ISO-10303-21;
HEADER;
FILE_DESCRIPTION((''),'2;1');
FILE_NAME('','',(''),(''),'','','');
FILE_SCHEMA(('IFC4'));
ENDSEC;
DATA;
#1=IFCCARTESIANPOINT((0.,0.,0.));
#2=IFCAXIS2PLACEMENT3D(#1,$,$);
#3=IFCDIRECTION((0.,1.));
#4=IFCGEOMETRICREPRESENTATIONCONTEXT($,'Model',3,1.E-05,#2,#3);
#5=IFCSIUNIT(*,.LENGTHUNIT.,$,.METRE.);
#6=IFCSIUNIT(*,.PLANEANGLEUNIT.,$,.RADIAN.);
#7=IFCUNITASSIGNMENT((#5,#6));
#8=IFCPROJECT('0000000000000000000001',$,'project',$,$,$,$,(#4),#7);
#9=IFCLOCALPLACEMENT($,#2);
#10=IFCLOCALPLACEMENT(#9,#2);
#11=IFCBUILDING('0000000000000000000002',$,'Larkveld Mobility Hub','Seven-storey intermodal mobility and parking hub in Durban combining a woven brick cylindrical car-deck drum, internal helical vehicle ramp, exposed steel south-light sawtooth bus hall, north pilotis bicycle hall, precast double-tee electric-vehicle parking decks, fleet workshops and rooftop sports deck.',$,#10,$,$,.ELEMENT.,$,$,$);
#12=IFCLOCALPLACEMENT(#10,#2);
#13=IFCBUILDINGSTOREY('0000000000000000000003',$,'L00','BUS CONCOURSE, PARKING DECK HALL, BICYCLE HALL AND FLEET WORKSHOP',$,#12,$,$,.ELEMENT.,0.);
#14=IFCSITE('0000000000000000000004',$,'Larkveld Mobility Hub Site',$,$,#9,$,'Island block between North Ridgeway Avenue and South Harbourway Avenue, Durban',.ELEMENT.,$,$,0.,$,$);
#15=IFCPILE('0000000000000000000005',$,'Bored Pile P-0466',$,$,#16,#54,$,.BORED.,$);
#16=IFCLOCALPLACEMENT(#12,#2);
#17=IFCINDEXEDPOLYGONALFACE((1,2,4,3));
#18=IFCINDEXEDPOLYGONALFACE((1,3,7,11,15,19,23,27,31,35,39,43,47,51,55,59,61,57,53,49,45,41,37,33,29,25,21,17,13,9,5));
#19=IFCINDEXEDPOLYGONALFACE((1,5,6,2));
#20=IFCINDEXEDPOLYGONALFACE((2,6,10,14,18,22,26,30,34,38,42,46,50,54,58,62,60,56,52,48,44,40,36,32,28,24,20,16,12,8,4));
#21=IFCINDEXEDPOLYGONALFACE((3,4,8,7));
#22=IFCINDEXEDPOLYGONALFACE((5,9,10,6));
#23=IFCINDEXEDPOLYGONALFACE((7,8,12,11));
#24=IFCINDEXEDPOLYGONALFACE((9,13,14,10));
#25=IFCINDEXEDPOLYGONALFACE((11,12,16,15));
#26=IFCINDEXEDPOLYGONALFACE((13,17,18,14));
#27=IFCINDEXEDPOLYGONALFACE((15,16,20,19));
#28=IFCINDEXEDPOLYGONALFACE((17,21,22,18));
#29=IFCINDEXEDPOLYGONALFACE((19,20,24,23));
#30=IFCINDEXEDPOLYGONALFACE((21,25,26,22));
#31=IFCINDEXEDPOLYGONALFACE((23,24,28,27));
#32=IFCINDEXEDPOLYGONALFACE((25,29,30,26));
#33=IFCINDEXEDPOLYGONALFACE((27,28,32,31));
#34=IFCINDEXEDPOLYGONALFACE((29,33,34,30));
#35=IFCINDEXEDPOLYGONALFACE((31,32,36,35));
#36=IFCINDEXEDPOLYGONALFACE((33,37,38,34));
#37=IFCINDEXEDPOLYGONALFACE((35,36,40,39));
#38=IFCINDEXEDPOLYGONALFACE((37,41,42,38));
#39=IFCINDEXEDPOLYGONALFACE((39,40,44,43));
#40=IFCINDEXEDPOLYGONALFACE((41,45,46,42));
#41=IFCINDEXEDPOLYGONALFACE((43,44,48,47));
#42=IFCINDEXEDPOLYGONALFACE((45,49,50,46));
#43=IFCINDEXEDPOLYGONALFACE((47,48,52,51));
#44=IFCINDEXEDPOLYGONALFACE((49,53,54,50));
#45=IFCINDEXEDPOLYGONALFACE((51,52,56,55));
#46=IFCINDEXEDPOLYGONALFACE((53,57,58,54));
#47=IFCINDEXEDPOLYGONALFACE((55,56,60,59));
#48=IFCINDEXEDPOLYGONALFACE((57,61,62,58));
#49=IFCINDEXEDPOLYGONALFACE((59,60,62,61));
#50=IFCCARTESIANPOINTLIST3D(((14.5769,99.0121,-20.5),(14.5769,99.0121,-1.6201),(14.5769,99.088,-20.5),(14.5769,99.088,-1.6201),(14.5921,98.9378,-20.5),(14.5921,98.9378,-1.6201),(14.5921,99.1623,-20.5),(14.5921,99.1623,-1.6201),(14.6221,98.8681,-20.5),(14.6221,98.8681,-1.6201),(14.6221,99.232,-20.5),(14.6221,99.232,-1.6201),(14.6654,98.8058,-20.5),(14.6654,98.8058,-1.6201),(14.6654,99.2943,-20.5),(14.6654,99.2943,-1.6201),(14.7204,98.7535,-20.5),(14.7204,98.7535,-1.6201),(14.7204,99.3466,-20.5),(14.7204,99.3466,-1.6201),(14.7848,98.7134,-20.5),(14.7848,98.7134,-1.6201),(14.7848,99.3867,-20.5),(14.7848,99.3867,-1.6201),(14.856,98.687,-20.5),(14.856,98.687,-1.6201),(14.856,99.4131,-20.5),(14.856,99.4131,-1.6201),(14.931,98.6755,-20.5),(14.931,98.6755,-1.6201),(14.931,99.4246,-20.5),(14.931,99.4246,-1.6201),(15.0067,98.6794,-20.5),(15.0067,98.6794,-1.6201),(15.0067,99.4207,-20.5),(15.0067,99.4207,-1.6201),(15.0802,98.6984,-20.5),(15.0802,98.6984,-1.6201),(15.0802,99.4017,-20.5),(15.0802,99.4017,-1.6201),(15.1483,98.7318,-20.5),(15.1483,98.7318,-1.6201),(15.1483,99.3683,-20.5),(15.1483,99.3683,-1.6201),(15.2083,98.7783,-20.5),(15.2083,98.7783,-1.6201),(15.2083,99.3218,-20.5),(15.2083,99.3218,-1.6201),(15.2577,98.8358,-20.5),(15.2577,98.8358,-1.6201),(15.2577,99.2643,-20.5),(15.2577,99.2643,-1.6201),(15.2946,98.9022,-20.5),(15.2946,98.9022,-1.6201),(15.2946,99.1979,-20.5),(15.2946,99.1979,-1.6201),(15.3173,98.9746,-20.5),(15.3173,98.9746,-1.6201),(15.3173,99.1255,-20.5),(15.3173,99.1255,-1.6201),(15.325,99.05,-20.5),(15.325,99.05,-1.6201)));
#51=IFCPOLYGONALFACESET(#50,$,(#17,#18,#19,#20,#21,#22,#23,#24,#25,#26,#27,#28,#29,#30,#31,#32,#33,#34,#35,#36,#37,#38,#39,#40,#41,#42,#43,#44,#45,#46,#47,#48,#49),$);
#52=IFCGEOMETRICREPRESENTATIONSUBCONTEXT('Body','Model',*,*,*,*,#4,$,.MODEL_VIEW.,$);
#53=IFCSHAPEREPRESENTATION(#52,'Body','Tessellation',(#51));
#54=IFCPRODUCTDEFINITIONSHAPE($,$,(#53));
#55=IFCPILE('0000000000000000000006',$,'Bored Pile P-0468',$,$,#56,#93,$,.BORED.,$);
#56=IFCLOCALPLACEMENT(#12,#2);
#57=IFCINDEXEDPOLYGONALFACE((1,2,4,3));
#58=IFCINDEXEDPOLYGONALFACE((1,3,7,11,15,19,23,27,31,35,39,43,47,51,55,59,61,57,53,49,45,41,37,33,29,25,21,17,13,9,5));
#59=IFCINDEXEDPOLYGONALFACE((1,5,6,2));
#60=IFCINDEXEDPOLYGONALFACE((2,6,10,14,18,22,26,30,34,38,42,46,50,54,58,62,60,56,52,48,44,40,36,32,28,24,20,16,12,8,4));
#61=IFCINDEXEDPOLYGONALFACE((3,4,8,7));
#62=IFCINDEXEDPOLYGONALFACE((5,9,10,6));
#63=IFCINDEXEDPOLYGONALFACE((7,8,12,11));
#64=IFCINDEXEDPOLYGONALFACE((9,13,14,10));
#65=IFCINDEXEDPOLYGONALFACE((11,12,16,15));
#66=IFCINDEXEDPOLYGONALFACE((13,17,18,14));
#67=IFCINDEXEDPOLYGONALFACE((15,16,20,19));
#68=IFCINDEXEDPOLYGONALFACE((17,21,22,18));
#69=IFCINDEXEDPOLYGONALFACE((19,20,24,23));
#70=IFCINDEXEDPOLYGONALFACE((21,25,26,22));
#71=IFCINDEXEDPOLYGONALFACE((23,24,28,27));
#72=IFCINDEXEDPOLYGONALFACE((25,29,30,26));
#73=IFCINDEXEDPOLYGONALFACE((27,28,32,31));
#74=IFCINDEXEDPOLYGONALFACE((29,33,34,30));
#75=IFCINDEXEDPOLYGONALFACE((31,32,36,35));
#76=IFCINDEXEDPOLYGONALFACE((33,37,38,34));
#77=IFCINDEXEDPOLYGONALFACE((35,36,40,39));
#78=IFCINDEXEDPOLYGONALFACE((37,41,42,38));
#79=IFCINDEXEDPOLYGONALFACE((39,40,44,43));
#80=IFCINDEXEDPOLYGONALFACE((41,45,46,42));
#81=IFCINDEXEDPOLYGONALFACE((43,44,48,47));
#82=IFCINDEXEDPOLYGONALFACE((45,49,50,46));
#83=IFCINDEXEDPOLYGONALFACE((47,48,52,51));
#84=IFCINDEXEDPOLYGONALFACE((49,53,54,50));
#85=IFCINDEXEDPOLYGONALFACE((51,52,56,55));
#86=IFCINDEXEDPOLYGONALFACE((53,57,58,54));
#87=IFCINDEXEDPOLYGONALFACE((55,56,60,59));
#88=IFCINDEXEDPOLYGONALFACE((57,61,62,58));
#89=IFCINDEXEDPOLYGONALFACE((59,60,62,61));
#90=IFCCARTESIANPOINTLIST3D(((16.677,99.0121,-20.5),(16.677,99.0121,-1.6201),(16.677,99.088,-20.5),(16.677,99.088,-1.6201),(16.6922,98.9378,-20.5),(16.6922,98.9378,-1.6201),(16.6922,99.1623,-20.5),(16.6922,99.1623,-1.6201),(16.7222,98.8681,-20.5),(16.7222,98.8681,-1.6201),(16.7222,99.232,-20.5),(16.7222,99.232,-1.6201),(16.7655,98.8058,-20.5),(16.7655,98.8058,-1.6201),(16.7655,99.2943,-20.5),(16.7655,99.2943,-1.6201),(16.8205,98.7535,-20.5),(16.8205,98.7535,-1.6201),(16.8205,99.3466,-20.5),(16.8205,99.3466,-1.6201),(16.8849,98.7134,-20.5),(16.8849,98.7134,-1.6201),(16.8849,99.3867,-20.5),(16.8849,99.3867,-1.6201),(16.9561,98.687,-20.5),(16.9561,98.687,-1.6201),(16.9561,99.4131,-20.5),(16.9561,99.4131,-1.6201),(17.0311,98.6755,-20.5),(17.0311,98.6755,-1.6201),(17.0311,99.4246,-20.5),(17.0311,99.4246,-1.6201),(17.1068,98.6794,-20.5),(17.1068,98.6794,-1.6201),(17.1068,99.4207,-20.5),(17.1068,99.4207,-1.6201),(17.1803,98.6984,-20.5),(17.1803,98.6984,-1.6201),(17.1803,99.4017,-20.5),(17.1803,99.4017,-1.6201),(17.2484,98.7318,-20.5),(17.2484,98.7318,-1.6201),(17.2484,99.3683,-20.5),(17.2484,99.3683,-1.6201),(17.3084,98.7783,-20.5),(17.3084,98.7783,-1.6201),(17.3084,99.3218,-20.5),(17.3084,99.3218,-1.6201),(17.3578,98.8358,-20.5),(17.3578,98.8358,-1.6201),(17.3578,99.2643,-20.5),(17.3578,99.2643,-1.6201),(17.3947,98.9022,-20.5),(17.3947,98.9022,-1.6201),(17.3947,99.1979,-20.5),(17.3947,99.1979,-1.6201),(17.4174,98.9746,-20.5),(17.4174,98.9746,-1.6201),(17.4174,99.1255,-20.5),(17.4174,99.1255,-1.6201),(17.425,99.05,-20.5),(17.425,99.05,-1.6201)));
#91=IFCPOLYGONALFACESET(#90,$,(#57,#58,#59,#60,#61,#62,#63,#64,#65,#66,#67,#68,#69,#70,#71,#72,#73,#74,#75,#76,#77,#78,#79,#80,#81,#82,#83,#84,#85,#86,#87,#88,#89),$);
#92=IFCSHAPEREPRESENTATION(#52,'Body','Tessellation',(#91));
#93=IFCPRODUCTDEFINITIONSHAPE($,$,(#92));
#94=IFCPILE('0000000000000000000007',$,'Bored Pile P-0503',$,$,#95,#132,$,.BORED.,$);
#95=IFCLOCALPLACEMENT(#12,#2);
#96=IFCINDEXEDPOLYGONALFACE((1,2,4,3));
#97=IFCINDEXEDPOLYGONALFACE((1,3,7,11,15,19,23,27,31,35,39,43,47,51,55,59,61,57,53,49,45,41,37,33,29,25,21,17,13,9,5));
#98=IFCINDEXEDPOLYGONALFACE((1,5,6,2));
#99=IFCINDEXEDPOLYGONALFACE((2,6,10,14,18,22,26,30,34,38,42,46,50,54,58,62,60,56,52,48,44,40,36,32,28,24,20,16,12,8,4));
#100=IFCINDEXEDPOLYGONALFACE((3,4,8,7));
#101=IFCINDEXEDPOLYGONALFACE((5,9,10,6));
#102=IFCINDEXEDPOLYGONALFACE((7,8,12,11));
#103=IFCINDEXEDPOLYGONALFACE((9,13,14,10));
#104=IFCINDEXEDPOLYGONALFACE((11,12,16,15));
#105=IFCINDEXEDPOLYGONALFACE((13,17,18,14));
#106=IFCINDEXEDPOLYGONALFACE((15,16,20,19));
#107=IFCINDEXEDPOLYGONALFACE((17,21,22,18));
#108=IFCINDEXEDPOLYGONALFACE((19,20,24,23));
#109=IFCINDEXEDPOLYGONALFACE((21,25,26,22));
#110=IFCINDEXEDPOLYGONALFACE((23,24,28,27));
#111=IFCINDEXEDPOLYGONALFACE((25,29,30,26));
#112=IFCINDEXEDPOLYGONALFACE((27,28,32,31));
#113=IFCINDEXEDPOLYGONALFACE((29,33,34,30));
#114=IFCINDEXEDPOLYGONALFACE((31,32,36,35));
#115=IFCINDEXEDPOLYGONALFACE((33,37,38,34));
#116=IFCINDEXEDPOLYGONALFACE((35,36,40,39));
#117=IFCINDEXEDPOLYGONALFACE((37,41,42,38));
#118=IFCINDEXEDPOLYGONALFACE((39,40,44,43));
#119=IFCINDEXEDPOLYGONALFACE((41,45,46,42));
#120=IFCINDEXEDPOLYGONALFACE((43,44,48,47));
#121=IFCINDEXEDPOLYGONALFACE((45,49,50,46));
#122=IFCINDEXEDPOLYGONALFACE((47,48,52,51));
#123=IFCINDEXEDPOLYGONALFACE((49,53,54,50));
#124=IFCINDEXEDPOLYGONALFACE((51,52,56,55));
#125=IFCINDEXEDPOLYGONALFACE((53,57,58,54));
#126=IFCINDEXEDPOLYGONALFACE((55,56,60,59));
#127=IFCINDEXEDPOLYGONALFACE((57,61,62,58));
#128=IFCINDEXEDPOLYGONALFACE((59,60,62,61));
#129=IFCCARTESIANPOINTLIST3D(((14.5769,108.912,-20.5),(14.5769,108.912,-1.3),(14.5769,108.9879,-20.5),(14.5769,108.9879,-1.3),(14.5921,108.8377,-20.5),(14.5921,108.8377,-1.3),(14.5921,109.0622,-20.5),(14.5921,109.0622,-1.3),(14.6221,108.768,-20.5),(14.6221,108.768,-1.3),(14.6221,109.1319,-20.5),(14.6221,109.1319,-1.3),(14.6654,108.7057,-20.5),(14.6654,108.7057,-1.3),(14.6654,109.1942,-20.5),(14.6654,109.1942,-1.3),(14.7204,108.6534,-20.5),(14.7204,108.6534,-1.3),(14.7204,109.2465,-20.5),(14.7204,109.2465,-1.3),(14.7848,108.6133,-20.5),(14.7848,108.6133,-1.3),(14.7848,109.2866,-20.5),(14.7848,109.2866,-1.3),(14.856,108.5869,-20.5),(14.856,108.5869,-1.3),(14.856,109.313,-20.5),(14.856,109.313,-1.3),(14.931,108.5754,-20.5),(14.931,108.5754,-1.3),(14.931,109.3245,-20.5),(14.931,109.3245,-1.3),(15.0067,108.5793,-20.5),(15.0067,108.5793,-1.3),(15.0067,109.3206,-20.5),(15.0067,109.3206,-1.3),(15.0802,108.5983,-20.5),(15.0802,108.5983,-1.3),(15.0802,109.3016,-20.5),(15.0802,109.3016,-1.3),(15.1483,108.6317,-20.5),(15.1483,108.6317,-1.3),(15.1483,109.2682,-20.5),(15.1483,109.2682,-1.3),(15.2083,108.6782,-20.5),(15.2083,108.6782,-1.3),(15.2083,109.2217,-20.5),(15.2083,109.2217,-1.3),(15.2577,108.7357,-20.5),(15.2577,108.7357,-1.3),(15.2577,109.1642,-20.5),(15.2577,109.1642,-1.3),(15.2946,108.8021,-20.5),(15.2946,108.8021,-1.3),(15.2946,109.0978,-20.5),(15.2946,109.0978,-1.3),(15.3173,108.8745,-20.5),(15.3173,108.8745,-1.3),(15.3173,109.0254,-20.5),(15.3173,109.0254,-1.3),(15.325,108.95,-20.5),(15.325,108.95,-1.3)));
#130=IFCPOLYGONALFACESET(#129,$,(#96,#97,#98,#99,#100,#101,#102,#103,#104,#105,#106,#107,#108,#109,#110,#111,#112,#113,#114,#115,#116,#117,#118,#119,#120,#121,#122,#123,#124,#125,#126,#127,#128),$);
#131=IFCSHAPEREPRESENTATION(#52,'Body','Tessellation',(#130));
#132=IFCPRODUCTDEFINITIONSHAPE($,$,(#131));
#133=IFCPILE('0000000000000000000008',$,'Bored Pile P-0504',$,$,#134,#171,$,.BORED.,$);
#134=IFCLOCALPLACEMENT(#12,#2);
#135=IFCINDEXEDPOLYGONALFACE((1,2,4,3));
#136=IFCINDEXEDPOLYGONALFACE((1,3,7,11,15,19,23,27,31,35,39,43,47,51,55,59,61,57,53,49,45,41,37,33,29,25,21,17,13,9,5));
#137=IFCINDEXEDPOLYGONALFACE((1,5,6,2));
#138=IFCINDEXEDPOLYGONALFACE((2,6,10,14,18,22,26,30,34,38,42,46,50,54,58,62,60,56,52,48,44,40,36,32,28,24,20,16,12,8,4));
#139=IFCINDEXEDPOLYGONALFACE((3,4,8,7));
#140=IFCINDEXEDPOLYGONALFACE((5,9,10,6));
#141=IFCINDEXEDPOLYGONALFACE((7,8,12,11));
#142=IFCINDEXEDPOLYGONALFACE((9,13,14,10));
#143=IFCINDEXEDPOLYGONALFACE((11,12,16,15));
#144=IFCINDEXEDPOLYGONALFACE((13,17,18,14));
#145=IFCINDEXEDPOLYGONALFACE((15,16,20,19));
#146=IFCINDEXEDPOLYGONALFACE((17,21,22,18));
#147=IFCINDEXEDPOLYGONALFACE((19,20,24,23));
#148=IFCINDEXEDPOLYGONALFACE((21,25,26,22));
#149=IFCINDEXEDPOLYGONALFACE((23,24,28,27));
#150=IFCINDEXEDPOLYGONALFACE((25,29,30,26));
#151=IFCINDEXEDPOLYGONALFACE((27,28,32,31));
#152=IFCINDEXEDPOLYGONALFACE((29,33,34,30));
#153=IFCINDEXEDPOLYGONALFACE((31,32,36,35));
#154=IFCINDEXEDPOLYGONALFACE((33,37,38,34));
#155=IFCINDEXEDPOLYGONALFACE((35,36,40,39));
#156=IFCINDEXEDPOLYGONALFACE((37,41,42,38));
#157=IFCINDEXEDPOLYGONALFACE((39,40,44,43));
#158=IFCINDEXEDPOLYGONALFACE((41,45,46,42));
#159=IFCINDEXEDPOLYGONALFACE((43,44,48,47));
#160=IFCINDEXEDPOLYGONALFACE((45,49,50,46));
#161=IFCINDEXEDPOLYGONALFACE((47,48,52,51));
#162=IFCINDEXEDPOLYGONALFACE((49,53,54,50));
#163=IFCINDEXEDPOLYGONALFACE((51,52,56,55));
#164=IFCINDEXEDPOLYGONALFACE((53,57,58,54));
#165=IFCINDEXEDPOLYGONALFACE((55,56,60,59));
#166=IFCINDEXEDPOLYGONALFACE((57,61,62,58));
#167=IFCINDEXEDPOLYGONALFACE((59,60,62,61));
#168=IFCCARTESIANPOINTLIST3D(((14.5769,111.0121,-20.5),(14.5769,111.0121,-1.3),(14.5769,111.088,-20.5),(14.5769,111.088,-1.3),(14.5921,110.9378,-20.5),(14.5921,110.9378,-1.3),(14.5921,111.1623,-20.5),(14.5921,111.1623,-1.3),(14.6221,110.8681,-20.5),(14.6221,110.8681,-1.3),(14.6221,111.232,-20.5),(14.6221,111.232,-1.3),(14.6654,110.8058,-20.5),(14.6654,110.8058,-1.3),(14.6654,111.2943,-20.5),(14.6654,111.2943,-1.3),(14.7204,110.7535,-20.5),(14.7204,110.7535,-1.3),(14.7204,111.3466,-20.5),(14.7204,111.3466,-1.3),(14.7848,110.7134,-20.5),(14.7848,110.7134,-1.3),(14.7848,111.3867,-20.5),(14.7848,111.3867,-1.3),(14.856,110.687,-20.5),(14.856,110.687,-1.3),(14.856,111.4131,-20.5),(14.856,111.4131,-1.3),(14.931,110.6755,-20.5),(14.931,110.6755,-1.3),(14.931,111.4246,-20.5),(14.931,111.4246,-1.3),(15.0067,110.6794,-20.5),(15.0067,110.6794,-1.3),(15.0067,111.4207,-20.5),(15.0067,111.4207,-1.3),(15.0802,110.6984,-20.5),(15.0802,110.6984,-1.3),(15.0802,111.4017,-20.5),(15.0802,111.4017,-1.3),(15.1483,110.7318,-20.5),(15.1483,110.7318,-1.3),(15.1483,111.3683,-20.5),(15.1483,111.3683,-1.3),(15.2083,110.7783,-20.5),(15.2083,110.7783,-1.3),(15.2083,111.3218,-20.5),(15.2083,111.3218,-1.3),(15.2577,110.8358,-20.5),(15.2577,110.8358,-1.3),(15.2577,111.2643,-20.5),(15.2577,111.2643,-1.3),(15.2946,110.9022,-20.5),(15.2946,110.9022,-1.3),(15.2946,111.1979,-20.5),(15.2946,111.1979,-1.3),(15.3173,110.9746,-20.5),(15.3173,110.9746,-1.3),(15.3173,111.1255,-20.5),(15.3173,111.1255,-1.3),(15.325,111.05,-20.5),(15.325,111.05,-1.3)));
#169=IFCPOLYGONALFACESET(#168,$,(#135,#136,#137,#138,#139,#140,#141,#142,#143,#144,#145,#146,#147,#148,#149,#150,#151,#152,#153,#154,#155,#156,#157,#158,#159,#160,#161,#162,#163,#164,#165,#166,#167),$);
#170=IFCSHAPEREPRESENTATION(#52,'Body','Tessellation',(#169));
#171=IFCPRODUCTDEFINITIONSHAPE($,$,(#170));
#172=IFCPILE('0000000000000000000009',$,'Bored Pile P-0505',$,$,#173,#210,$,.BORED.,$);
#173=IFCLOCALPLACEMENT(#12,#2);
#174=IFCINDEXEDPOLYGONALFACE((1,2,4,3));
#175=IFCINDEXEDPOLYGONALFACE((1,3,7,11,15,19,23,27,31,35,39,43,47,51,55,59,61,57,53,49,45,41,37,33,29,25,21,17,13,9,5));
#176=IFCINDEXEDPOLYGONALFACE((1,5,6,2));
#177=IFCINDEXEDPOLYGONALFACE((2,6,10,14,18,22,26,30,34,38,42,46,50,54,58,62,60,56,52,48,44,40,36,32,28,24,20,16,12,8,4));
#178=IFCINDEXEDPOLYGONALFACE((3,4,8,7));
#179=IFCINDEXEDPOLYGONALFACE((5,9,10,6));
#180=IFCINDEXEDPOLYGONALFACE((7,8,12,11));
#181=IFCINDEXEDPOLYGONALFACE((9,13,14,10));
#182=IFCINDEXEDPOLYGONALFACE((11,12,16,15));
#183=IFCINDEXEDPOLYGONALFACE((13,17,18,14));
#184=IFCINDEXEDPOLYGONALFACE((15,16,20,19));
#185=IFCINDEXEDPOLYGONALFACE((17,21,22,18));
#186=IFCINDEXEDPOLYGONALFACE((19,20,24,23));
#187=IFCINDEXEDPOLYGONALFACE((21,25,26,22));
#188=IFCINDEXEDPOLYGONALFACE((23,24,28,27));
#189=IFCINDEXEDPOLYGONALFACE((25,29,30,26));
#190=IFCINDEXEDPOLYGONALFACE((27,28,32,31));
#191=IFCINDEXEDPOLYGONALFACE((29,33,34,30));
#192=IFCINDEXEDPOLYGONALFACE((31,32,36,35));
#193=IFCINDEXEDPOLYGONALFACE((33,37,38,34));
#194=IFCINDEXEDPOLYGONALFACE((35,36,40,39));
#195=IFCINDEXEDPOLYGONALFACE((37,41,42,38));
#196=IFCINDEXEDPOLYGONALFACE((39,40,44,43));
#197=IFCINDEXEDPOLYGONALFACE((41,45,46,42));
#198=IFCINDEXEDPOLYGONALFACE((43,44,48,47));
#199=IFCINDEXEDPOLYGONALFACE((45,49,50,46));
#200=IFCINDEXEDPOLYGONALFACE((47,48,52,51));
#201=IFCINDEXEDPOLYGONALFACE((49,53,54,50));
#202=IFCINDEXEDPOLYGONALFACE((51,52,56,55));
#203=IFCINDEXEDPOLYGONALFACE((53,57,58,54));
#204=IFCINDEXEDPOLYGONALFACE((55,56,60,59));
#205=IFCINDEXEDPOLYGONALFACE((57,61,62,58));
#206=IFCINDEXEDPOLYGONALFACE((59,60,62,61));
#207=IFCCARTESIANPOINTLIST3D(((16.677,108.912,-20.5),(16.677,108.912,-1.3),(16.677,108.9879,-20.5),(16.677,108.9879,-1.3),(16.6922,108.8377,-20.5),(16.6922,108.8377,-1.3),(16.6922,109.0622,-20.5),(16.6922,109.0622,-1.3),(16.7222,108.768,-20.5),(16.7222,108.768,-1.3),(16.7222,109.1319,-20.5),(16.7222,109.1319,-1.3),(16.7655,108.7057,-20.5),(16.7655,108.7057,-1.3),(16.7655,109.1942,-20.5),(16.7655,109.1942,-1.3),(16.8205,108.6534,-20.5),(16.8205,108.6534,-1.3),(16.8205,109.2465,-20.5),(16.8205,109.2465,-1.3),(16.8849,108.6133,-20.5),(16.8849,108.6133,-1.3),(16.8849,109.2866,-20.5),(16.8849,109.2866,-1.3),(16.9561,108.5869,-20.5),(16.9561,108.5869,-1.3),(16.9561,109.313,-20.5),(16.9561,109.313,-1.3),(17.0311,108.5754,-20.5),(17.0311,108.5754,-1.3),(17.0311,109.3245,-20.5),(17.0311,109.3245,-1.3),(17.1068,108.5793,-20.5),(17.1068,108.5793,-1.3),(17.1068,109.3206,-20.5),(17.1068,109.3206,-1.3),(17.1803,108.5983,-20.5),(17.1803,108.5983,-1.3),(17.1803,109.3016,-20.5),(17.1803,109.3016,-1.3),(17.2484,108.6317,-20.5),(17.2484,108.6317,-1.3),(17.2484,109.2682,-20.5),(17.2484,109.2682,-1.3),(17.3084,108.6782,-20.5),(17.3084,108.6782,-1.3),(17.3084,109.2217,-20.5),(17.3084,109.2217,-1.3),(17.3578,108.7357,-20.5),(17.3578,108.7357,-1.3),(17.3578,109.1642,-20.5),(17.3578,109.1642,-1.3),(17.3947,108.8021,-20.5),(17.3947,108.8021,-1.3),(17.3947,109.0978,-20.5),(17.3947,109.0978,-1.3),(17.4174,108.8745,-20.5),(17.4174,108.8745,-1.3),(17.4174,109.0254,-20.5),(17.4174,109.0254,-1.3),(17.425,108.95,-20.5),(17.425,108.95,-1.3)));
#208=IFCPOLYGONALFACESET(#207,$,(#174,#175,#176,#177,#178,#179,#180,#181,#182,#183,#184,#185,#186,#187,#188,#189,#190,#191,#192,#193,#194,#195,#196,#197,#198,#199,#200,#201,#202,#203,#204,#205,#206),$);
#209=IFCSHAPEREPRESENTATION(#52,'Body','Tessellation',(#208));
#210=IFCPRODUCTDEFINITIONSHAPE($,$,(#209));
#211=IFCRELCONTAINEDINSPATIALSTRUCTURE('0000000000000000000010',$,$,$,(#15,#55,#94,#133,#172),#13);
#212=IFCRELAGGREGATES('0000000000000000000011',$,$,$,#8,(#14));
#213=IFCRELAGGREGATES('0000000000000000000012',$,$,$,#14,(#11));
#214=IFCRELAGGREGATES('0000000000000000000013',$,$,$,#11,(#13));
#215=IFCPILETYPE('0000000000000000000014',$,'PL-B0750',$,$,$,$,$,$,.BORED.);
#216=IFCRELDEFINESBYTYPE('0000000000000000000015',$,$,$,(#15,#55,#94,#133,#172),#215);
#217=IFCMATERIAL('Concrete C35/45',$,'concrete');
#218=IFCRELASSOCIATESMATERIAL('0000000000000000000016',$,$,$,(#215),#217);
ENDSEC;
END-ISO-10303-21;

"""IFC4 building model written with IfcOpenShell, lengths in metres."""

from ifc_helpers import new_model, si_unit, direction, frame, origin, origin_2d, place, context, subcontext, project, spatial, circle, extrude, material, material_profile, profile_set, type_object, element, save


model = new_model("IFC4")

# Units and contexts
model_context = context("Model", 3, precision=1e-05, world=origin(), true_north=direction((0.0, 1.0)))
body_context = subcontext(model_context, "Body", "Model", "MODEL_VIEW")
ifc_project = project(units=[si_unit("LENGTHUNIT", "METRE"), si_unit("PLANEANGLEUNIT", "RADIAN")], contexts=[model_context])

# Site, building, storey
site_placement = place(None, origin())
site = spatial("IfcSite", under=ifc_project, at=site_placement, Name="Larkveld Mobility Hub Site", LongName="Island block between North Ridgeway Avenue and South Harbourway Avenue, Durban", CompositionType="ELEMENT", RefElevation=0.0)
building_placement = place(site_placement, origin())
building = spatial("IfcBuilding", under=site, at=building_placement, Name="Larkveld Mobility Hub", Description="Seven-storey intermodal mobility and parking hub in Durban combining a woven brick cylindrical car-deck drum, internal helical vehicle ramp, exposed steel south-light sawtooth bus hall, north pilotis bicycle hall, precast double-tee electric-vehicle parking decks, fleet workshops and rooftop sports deck.", CompositionType="ELEMENT")
storey_placement = place(building_placement, origin())
storey = spatial("IfcBuildingStorey", under=building, at=storey_placement, Name="L00", Description="BUS CONCOURSE, PARKING DECK HALL, BICYCLE HALL AND FLEET WORKSHOP", CompositionType="ELEMENT", Elevation=0.0)

# Shared definitions
ifc_material_1 = material(Name="Concrete C35/45", Category="concrete")

# Piles
ifc_material_profile_1 = material_profile(ifc_material_1, circle(Radius=0.375, at=origin_2d()), Name="PILE D750")
ifc_profile_set_1 = profile_set([ifc_material_profile_1], Name="Concrete C35/45")
pile_type_1 = type_object("IfcPileType", Name="PL-B0750", PredefinedType="BORED", material=ifc_profile_set_1)
for number, where, z_axis, x_axis, name in (
    (1, (14.95, 99.05, -1.6201), (0.0, 0.0, -1.0), (1.0, 0.0, 0.0), "Bored Pile P-0466"),
    (2, (17.05, 99.05, -1.6201), (0.0, 0.0, -1.0), (1.0, 0.0, 0.0), "Bored Pile P-0468"),
):
    element("IfcPile", number, at=place(storey_placement, frame(where, z_axis=z_axis, x_axis=x_axis)), inside=storey, type_object=pile_type_1, Name=name, PredefinedType="BORED", context=body_context, shape_type="SweptSolid", body=[
        extrude(circle(Radius=0.375, at=origin_2d()), origin(), (0.0, 0.0, 1.0), 18.8799),
    ])
for number, where, z_axis, x_axis, name in (
    (3, (14.95, 108.95, -1.3), (0.0, 0.0, -1.0), (1.0, 0.0, 0.0), "Bored Pile P-0503"),
    (4, (14.95, 111.05, -1.3), (0.0, 0.0, -1.0), (1.0, 0.0, 0.0), "Bored Pile P-0504"),
    (5, (17.05, 108.95, -1.3), (0.0, 0.0, -1.0), (1.0, 0.0, 0.0), "Bored Pile P-0505"),
):
    element("IfcPile", number, at=place(storey_placement, frame(where, z_axis=z_axis, x_axis=x_axis)), inside=storey, type_object=pile_type_1, Name=name, PredefinedType="BORED", context=body_context, shape_type="SweptSolid", body=[
        extrude(circle(Radius=0.375, at=origin_2d()), origin(), (0.0, 0.0, 1.0), 19.2),
    ])

save(model, "model.ifc")
